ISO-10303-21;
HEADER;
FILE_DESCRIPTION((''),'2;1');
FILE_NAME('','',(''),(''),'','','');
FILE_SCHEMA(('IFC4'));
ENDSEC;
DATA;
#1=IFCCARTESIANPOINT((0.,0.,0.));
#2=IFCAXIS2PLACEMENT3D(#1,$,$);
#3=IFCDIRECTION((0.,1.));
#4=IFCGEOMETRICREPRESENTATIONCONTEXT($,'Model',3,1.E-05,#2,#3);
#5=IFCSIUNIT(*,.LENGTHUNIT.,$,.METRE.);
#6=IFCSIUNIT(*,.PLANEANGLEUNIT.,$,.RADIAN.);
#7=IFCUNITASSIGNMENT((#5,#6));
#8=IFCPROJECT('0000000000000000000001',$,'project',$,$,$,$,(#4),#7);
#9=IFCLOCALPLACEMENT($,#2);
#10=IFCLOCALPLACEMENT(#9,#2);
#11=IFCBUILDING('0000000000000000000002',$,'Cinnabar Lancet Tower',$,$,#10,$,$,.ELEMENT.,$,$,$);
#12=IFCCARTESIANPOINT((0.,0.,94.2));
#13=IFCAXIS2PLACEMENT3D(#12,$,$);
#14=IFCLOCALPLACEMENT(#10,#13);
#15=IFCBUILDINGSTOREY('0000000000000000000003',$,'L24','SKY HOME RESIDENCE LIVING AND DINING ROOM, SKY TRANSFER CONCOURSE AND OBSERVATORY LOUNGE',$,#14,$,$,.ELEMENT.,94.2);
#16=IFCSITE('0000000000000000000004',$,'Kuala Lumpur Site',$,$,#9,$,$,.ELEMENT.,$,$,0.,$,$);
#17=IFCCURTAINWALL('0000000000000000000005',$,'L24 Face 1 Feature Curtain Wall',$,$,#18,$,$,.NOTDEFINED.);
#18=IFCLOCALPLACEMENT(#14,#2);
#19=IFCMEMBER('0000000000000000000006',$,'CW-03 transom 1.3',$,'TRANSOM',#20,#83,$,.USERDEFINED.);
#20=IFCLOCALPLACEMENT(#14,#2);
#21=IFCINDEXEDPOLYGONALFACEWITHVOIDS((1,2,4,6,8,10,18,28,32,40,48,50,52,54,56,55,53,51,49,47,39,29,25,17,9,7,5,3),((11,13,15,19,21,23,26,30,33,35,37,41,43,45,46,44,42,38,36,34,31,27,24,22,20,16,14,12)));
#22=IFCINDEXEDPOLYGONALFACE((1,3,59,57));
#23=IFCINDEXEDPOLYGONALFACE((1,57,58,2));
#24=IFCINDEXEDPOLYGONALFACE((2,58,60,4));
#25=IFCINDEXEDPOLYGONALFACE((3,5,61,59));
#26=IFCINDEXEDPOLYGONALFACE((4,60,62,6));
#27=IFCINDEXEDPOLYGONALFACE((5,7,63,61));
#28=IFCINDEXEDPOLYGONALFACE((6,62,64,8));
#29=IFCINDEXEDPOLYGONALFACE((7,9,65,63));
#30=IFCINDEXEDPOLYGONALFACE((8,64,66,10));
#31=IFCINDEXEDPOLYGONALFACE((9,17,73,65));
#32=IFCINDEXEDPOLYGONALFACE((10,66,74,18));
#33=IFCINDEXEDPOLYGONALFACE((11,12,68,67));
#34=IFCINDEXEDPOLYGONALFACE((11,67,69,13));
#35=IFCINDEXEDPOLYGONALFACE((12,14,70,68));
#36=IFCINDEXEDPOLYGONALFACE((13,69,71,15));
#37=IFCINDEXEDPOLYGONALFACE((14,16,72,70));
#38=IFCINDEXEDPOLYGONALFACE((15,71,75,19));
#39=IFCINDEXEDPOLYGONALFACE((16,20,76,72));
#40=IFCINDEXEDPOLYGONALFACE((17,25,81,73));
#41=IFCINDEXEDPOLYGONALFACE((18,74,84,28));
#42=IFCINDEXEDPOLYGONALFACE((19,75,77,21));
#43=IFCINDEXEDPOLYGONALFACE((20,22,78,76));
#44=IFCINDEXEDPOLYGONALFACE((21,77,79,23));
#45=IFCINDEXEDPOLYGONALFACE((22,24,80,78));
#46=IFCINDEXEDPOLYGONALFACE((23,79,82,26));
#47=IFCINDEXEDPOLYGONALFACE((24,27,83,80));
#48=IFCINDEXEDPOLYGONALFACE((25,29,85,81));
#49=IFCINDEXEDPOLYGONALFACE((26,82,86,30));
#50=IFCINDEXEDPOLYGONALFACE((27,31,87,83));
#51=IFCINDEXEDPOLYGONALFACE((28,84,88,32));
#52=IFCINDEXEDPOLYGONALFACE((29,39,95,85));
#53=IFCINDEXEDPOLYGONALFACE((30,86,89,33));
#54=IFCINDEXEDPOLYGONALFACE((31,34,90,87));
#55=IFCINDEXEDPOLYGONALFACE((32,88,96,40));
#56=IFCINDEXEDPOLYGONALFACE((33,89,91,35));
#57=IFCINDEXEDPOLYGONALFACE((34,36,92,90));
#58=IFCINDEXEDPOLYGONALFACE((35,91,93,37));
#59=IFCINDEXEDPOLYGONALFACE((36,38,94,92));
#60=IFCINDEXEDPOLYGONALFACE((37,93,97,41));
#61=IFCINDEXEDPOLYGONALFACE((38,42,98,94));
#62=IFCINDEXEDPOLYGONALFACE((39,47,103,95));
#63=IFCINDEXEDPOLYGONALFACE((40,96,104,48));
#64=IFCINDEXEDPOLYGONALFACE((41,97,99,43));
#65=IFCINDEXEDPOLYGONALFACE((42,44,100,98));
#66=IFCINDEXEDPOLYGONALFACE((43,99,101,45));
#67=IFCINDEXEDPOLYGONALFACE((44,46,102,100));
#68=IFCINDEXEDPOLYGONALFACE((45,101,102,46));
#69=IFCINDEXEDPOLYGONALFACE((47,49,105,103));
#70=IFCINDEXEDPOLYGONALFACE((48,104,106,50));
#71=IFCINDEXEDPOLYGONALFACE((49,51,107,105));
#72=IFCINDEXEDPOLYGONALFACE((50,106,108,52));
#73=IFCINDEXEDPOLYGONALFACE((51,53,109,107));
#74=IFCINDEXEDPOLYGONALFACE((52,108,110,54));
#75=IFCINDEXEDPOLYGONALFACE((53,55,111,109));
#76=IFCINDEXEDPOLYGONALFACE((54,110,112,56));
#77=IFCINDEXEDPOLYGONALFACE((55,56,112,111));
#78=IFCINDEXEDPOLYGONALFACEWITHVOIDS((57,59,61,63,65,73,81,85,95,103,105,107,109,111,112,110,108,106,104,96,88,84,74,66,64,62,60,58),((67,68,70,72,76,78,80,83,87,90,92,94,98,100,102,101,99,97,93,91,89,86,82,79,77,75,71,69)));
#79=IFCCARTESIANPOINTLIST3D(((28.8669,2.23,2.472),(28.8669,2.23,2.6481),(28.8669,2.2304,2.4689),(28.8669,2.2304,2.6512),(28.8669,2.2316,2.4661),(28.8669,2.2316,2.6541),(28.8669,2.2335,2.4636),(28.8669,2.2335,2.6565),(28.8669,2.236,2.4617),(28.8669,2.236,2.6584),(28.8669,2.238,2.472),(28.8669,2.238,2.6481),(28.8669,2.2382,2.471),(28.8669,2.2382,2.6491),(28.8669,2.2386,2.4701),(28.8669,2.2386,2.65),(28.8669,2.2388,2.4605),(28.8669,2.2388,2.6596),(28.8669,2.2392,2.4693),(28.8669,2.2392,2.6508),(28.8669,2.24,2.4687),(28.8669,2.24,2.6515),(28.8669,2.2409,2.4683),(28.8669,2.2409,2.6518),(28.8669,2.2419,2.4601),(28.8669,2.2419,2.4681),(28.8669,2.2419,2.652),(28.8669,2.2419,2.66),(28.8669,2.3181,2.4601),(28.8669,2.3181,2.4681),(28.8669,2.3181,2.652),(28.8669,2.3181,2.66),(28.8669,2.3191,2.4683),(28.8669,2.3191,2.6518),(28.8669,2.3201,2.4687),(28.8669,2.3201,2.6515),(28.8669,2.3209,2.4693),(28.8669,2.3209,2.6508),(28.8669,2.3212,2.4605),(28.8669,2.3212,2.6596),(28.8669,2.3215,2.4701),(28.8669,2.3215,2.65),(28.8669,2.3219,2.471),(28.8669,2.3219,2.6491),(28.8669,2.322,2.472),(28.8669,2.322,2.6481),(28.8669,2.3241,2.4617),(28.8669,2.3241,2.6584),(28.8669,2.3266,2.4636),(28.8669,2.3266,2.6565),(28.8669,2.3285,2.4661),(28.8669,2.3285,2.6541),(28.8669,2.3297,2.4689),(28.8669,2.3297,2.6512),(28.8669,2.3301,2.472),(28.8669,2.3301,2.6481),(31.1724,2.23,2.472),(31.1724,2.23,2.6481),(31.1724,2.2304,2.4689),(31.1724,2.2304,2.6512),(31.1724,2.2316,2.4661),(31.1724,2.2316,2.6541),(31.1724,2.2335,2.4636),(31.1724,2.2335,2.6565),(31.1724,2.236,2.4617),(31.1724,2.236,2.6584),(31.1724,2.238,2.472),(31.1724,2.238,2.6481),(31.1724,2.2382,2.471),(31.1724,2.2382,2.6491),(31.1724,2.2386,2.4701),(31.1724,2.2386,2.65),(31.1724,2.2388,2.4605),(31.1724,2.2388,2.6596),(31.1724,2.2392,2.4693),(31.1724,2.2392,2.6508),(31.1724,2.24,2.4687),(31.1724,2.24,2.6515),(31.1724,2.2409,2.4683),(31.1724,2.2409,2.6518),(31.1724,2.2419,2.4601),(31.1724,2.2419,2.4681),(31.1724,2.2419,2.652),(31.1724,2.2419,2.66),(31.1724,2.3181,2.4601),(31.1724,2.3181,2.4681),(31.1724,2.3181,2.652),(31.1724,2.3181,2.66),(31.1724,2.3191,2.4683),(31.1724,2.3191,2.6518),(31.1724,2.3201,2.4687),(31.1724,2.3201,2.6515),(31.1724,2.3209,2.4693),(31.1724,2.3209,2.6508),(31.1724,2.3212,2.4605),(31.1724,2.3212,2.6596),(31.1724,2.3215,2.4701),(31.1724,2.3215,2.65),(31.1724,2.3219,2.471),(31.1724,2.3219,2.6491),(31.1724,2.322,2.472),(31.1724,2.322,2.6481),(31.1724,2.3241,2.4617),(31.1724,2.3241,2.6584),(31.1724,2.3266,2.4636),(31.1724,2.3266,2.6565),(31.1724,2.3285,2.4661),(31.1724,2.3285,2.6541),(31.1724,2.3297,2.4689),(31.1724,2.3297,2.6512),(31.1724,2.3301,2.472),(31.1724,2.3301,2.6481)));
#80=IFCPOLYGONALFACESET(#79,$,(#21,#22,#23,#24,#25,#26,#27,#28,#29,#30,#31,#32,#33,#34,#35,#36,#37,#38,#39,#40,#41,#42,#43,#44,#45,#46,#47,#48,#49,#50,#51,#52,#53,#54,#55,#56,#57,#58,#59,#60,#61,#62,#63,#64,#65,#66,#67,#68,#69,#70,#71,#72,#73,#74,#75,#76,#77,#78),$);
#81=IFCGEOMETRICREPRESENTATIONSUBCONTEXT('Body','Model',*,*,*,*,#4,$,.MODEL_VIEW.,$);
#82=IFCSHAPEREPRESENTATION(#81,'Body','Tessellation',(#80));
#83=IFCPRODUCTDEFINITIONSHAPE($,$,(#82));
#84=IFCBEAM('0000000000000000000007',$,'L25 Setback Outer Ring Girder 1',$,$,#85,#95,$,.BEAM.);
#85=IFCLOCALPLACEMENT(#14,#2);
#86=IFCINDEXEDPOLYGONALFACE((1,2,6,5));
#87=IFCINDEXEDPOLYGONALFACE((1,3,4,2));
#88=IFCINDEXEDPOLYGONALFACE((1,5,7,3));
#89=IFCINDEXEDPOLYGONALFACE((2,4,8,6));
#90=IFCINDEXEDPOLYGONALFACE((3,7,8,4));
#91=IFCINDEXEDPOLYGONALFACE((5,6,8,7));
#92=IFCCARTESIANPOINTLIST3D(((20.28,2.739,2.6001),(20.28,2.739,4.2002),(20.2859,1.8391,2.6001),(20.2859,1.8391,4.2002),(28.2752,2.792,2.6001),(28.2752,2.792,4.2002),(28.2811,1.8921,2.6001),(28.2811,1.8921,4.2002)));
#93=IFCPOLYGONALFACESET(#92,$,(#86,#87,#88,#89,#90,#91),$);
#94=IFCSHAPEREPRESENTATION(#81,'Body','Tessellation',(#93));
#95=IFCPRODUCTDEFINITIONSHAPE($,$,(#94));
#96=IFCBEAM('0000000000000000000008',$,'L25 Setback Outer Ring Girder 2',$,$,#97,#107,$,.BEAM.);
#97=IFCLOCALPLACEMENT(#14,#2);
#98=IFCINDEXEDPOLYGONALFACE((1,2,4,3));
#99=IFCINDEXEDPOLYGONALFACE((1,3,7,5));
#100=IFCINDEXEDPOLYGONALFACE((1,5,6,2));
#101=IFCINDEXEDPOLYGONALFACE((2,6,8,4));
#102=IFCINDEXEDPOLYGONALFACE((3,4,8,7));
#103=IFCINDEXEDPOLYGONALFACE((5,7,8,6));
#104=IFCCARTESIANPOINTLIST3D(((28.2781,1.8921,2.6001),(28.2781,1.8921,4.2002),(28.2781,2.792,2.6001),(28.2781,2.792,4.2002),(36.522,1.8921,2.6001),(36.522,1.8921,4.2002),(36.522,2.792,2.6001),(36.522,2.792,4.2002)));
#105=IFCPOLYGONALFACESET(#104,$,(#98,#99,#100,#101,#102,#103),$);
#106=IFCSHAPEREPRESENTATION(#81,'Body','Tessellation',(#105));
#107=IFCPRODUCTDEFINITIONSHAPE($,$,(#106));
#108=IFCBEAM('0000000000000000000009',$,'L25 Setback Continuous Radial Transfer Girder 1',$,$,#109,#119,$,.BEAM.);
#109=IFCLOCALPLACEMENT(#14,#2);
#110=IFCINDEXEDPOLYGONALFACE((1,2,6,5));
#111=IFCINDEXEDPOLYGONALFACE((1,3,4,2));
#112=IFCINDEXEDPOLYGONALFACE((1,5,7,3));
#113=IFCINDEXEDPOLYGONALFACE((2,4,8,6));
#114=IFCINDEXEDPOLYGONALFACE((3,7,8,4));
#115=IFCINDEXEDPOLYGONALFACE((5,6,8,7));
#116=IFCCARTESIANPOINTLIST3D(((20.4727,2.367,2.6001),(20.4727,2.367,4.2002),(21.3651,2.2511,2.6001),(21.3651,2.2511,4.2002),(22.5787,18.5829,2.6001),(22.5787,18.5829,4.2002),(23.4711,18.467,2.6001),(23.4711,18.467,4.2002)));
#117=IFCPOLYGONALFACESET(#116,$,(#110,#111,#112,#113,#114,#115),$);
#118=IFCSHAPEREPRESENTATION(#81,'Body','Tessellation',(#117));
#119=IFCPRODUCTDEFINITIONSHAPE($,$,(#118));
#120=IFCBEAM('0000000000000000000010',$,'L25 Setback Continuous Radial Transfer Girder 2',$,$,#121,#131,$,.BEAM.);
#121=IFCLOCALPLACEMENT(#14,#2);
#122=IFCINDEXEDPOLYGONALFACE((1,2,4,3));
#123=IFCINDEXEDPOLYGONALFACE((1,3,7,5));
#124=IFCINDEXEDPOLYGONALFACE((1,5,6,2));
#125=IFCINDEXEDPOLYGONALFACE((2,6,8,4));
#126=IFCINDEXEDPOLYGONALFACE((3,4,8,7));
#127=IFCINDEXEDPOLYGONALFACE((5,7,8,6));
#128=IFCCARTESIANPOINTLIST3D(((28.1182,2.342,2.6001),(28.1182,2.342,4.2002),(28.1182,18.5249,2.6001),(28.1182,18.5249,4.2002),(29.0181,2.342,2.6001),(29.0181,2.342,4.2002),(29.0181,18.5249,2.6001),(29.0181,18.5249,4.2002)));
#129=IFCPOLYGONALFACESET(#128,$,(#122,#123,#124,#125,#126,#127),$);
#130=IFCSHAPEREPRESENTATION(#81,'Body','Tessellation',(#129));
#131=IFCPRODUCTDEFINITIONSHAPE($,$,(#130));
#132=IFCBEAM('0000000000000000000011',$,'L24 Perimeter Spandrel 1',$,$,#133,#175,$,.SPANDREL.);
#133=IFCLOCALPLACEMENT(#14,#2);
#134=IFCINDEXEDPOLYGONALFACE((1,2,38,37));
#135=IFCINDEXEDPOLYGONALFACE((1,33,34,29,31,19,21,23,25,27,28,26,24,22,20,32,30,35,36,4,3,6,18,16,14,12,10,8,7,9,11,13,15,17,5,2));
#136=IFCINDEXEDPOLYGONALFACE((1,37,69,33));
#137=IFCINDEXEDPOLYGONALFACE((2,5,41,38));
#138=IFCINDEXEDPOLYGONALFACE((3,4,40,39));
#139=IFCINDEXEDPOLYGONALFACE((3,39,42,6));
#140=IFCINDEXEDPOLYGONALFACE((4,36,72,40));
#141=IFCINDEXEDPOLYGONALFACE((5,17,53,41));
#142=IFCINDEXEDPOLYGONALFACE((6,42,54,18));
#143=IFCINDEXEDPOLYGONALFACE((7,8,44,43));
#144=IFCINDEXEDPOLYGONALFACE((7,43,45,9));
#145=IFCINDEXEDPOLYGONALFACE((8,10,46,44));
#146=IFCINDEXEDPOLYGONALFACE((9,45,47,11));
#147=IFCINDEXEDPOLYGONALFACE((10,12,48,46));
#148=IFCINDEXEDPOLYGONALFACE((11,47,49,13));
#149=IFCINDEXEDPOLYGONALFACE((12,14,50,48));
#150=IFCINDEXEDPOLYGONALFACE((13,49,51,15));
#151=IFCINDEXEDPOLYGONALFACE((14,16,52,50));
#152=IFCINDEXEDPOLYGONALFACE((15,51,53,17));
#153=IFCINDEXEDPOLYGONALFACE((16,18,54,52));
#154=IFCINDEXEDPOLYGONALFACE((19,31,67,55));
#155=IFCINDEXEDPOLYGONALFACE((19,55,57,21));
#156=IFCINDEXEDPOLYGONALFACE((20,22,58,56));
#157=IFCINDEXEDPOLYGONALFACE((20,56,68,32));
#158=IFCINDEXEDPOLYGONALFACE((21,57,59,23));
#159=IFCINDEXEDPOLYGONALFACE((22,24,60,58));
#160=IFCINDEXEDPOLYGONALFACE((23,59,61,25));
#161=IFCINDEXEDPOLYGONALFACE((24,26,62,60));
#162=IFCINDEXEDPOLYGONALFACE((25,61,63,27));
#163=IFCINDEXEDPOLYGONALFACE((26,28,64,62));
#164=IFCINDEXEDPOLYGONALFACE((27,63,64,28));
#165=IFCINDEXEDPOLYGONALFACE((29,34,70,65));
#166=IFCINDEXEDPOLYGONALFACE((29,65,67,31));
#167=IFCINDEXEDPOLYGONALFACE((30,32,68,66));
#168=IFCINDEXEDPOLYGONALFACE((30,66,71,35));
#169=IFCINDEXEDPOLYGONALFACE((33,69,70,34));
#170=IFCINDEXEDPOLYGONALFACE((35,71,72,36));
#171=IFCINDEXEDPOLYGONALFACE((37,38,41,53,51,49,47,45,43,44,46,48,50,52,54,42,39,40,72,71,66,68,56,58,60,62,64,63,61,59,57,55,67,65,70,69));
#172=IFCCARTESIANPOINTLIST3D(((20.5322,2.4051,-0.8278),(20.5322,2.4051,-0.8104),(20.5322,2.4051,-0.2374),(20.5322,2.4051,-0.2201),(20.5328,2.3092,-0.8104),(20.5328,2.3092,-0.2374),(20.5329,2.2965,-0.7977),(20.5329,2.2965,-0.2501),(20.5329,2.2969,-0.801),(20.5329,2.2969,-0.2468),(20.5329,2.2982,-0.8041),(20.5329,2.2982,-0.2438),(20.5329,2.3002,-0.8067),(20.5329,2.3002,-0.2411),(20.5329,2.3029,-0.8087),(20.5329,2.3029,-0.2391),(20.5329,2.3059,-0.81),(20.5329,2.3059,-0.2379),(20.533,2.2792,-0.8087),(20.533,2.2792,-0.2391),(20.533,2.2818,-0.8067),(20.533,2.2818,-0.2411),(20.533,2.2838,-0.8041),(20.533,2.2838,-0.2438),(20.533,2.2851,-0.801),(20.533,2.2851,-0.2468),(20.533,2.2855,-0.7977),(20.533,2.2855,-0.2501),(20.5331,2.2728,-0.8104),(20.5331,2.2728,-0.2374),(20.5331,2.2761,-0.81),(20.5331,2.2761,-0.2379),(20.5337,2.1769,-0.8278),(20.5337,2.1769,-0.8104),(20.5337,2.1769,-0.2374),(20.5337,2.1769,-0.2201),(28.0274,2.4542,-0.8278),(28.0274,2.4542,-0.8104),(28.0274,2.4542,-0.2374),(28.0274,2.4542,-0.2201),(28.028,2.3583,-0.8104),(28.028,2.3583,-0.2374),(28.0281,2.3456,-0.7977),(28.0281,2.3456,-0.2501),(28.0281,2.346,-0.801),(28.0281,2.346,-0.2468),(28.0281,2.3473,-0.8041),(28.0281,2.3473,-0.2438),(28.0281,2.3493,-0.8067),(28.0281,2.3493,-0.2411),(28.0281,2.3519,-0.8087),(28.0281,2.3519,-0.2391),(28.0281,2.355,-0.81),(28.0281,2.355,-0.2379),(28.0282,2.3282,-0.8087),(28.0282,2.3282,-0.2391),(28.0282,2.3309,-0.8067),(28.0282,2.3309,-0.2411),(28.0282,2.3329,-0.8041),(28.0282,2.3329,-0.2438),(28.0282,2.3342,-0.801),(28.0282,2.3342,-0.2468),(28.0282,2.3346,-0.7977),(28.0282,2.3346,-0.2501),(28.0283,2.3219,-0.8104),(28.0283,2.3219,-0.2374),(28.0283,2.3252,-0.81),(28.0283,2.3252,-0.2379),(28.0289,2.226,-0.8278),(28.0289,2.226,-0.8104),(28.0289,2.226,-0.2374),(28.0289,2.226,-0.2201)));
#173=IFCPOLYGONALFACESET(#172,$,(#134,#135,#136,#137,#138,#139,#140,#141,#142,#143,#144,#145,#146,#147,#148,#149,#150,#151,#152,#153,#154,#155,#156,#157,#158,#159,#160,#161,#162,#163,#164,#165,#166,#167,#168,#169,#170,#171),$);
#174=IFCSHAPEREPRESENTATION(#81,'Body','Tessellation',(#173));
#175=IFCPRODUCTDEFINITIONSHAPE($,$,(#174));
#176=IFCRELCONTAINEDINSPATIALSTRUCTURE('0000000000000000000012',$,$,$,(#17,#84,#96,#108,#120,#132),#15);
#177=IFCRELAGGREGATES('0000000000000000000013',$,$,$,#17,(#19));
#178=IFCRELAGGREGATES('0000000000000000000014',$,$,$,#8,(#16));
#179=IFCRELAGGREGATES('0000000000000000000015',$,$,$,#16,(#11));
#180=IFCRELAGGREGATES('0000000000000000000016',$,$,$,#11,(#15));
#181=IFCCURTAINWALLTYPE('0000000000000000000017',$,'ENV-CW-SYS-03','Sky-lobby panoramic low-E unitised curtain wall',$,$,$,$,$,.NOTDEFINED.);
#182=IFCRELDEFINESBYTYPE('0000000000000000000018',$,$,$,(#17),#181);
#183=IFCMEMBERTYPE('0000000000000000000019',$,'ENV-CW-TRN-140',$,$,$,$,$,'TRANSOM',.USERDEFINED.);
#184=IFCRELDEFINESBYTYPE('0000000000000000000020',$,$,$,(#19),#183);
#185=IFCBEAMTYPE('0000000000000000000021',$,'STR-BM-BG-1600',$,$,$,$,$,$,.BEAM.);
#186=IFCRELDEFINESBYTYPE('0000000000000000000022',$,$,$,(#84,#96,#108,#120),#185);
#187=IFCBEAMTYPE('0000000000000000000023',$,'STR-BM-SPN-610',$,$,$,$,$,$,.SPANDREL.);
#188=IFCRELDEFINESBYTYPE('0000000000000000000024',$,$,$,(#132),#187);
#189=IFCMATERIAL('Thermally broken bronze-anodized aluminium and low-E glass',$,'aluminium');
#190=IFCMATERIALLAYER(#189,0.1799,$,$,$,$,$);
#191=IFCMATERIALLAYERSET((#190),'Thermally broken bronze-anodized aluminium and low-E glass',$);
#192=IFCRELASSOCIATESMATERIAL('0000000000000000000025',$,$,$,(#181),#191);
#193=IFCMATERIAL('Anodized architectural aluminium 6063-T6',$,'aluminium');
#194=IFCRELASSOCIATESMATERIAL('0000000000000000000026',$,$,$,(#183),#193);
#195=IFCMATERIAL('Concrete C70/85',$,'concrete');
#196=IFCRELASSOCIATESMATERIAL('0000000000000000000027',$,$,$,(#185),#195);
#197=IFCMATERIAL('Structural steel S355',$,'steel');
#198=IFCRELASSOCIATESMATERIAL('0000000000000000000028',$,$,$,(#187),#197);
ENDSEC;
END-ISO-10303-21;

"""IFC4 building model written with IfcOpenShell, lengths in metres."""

from ifc_helpers import new_model, si_unit, direction, frame, origin, origin_2d, place, context, subcontext, project, spatial, rectangle, hollow_rectangle, i_section, extrude, material, layer, layer_set, material_profile, profile_set, type_object, element, aggregate, save


model = new_model("IFC4")

# Units and contexts
model_context = context("Model", 3, precision=1e-05, world=origin(), true_north=direction((0.0, 1.0)))
body_context = subcontext(model_context, "Body", "Model", "MODEL_VIEW")
ifc_project = project(units=[si_unit("LENGTHUNIT", "METRE"), si_unit("PLANEANGLEUNIT", "RADIAN")], contexts=[model_context])

# Site, building, storey
site_placement = place(None, origin())
site = spatial("IfcSite", under=ifc_project, at=site_placement, Name="Kuala Lumpur Site", CompositionType="ELEMENT", RefElevation=0.0)
building_placement = place(site_placement, origin())
building = spatial("IfcBuilding", under=site, at=building_placement, Name="Cinnabar Lancet Tower", CompositionType="ELEMENT")
storey_placement = place(building_placement, frame((0.0, 0.0, 94.2)))
storey = spatial("IfcBuildingStorey", under=building, at=storey_placement, Name="L24", Description="SKY HOME RESIDENCE LIVING AND DINING ROOM, SKY TRANSFER CONCOURSE AND OBSERVATORY LOUNGE", CompositionType="ELEMENT", Elevation=94.2)

# Curtain wall, member
ifc_material_1 = material(Name="Thermally broken bronze-anodized aluminium and low-E glass", Category="aluminium")
ifc_layer_1 = layer(ifc_material_1, 0.1799)
ifc_layer_set_1 = layer_set([ifc_layer_1], Name="Thermally broken bronze-anodized aluminium and low-E glass")
curtain_wall_type = type_object("IfcCurtainWallType", Name="ENV-CW-SYS-03", Description="Sky-lobby panoramic low-E unitised curtain wall", PredefinedType="NOTDEFINED", material=ifc_layer_set_1)
curtain_wall_placement = place(storey_placement, origin())
curtain_wall = element("IfcCurtainWall", 1, at=curtain_wall_placement, inside=storey, type_object=curtain_wall_type, Name="L24 Face 1 Feature Curtain Wall", PredefinedType="NOTDEFINED")
ifc_material_2 = material(Name="Anodized architectural aluminium 6063-T6", Category="aluminium")
ifc_material_profile_1 = material_profile(ifc_material_2, hollow_rectangle(XDim=0.1001, YDim=0.2, WallThickness=0.0081, InnerFilletRadius=0.0039, OuterFilletRadius=0.012, at=origin_2d()), Name="RHS 200x100x8")
ifc_profile_set_1 = profile_set([ifc_material_profile_1], Name="Anodized architectural aluminium 6063-T6")
member_type_1 = type_object("IfcMemberType", Name="ENV-CW-TRN-140", ElementType="TRANSOM", PredefinedType="USERDEFINED", material=ifc_profile_set_1)
member_1_placement = place(storey_placement, frame((28.8669, 2.28, 2.5601), z_axis=(1.0, 0.0, 0.0), x_axis=(0.0, 1.0, 0.0)))
member_1 = element("IfcMember", 2, at=member_1_placement, type_object=member_type_1, Name="CW-03 transom 1.3", ObjectType="TRANSOM", PredefinedType="USERDEFINED", context=body_context, shape_type="SweptSolid", body=[
    extrude(hollow_rectangle(XDim=0.1001, YDim=0.2, WallThickness=0.0081, InnerFilletRadius=0.0039, OuterFilletRadius=0.012, at=origin_2d()), origin(), (0.0, 0.0, 1.0), 2.3054),
])

# Beams
ifc_material_3 = material(Name="Concrete C70/85", Category="concrete")
ifc_material_profile_2 = material_profile(ifc_material_3, rectangle(XDim=0.8999, YDim=1.6001, at=origin_2d()), Name="RC-BG 900x1600")
ifc_profile_set_2 = profile_set([ifc_material_profile_2], Name="Concrete C70/85")
beam_type_1 = type_object("IfcBeamType", Name="STR-BM-BG-1600", PredefinedType="BEAM", material=ifc_profile_set_2)
beam_1_placement = place(storey_placement, frame((20.283, 2.2891, 3.4001), z_axis=(0.999978, 0.006626, 0.0), x_axis=(-0.006626, 0.999978, 0.0)))
element("IfcBeam", 3, at=beam_1_placement, inside=storey, type_object=beam_type_1, Name="L25 Setback Outer Ring Girder 1", PredefinedType="BEAM", context=body_context, shape_type="SweptSolid", body=[
    extrude(rectangle(XDim=0.8999, YDim=1.6001, at=origin_2d()), origin(), (0.0, 0.0, 1.0), 7.9954),
])
beam_2_placement = place(storey_placement, frame((28.2781, 2.342, 3.4001), z_axis=(1.0, 0.0, 0.0), x_axis=(0.0, 1.0, 0.0)))
element("IfcBeam", 4, at=beam_2_placement, inside=storey, type_object=beam_type_1, Name="L25 Setback Outer Ring Girder 2", PredefinedType="BEAM", context=body_context, shape_type="SweptSolid", body=[
    extrude(rectangle(XDim=0.8999, YDim=1.6001, at=origin_2d()), origin(), (0.0, 0.0, 1.0), 8.2439),
])
beam_3_placement = place(storey_placement, frame((20.9189, 2.3091, 3.4001), z_axis=(0.128789, 0.991672, 0.0), x_axis=(-0.991672, 0.128789, 0.0)))
element("IfcBeam", 5, at=beam_3_placement, inside=storey, type_object=beam_type_1, Name="L25 Setback Continuous Radial Transfer Girder 1", PredefinedType="BEAM", context=body_context, shape_type="SweptSolid", body=[
    extrude(rectangle(XDim=0.8999, YDim=1.6001, at=origin_2d()), origin(), (0.0, 0.0, 1.0), 16.3521),
])
beam_4_placement = place(storey_placement, frame((28.5681, 2.342, 3.4001), z_axis=(0.0, 1.0, 0.0), x_axis=(-1.0, 0.0, 0.0)))
element("IfcBeam", 6, at=beam_4_placement, inside=storey, type_object=beam_type_1, Name="L25 Setback Continuous Radial Transfer Girder 2", PredefinedType="BEAM", context=body_context, shape_type="SweptSolid", body=[
    extrude(rectangle(XDim=0.8999, YDim=1.6001, at=origin_2d()), origin(), (0.0, 0.0, 1.0), 16.1829),
])
ifc_material_4 = material(Name="Structural steel S355", Category="steel")
ifc_material_profile_3 = material_profile(ifc_material_4, i_section(OverallWidth=0.2283, OverallDepth=0.6077, WebThickness=0.011, FlangeThickness=0.0173, FilletRadius=0.0127, at=origin_2d()), Name="UKB 610x229x113")
ifc_profile_set_3 = profile_set([ifc_material_profile_3], Name="Structural steel S355")
beam_type_2 = type_object("IfcBeamType", Name="STR-BM-SPN-610", PredefinedType="SPANDREL", material=ifc_profile_set_3)
beam_5_placement = place(storey_placement, frame((20.533, 2.291, -0.5239), z_axis=(0.999979, 0.006547, 0.0), x_axis=(-0.006547, 0.999979, 0.0)))
element("IfcBeam", 7, at=beam_5_placement, inside=storey, type_object=beam_type_2, Name="L24 Perimeter Spandrel 1", PredefinedType="SPANDREL", context=body_context, shape_type="SweptSolid", body=[
    extrude(i_section(OverallWidth=0.2283, OverallDepth=0.6077, WebThickness=0.011, FlangeThickness=0.0173, FilletRadius=0.0127, at=origin_2d()), origin(), (0.0, 0.0, 1.0), 7.4954),
])

aggregate(curtain_wall, [member_1])

save(model, "model.ifc")
